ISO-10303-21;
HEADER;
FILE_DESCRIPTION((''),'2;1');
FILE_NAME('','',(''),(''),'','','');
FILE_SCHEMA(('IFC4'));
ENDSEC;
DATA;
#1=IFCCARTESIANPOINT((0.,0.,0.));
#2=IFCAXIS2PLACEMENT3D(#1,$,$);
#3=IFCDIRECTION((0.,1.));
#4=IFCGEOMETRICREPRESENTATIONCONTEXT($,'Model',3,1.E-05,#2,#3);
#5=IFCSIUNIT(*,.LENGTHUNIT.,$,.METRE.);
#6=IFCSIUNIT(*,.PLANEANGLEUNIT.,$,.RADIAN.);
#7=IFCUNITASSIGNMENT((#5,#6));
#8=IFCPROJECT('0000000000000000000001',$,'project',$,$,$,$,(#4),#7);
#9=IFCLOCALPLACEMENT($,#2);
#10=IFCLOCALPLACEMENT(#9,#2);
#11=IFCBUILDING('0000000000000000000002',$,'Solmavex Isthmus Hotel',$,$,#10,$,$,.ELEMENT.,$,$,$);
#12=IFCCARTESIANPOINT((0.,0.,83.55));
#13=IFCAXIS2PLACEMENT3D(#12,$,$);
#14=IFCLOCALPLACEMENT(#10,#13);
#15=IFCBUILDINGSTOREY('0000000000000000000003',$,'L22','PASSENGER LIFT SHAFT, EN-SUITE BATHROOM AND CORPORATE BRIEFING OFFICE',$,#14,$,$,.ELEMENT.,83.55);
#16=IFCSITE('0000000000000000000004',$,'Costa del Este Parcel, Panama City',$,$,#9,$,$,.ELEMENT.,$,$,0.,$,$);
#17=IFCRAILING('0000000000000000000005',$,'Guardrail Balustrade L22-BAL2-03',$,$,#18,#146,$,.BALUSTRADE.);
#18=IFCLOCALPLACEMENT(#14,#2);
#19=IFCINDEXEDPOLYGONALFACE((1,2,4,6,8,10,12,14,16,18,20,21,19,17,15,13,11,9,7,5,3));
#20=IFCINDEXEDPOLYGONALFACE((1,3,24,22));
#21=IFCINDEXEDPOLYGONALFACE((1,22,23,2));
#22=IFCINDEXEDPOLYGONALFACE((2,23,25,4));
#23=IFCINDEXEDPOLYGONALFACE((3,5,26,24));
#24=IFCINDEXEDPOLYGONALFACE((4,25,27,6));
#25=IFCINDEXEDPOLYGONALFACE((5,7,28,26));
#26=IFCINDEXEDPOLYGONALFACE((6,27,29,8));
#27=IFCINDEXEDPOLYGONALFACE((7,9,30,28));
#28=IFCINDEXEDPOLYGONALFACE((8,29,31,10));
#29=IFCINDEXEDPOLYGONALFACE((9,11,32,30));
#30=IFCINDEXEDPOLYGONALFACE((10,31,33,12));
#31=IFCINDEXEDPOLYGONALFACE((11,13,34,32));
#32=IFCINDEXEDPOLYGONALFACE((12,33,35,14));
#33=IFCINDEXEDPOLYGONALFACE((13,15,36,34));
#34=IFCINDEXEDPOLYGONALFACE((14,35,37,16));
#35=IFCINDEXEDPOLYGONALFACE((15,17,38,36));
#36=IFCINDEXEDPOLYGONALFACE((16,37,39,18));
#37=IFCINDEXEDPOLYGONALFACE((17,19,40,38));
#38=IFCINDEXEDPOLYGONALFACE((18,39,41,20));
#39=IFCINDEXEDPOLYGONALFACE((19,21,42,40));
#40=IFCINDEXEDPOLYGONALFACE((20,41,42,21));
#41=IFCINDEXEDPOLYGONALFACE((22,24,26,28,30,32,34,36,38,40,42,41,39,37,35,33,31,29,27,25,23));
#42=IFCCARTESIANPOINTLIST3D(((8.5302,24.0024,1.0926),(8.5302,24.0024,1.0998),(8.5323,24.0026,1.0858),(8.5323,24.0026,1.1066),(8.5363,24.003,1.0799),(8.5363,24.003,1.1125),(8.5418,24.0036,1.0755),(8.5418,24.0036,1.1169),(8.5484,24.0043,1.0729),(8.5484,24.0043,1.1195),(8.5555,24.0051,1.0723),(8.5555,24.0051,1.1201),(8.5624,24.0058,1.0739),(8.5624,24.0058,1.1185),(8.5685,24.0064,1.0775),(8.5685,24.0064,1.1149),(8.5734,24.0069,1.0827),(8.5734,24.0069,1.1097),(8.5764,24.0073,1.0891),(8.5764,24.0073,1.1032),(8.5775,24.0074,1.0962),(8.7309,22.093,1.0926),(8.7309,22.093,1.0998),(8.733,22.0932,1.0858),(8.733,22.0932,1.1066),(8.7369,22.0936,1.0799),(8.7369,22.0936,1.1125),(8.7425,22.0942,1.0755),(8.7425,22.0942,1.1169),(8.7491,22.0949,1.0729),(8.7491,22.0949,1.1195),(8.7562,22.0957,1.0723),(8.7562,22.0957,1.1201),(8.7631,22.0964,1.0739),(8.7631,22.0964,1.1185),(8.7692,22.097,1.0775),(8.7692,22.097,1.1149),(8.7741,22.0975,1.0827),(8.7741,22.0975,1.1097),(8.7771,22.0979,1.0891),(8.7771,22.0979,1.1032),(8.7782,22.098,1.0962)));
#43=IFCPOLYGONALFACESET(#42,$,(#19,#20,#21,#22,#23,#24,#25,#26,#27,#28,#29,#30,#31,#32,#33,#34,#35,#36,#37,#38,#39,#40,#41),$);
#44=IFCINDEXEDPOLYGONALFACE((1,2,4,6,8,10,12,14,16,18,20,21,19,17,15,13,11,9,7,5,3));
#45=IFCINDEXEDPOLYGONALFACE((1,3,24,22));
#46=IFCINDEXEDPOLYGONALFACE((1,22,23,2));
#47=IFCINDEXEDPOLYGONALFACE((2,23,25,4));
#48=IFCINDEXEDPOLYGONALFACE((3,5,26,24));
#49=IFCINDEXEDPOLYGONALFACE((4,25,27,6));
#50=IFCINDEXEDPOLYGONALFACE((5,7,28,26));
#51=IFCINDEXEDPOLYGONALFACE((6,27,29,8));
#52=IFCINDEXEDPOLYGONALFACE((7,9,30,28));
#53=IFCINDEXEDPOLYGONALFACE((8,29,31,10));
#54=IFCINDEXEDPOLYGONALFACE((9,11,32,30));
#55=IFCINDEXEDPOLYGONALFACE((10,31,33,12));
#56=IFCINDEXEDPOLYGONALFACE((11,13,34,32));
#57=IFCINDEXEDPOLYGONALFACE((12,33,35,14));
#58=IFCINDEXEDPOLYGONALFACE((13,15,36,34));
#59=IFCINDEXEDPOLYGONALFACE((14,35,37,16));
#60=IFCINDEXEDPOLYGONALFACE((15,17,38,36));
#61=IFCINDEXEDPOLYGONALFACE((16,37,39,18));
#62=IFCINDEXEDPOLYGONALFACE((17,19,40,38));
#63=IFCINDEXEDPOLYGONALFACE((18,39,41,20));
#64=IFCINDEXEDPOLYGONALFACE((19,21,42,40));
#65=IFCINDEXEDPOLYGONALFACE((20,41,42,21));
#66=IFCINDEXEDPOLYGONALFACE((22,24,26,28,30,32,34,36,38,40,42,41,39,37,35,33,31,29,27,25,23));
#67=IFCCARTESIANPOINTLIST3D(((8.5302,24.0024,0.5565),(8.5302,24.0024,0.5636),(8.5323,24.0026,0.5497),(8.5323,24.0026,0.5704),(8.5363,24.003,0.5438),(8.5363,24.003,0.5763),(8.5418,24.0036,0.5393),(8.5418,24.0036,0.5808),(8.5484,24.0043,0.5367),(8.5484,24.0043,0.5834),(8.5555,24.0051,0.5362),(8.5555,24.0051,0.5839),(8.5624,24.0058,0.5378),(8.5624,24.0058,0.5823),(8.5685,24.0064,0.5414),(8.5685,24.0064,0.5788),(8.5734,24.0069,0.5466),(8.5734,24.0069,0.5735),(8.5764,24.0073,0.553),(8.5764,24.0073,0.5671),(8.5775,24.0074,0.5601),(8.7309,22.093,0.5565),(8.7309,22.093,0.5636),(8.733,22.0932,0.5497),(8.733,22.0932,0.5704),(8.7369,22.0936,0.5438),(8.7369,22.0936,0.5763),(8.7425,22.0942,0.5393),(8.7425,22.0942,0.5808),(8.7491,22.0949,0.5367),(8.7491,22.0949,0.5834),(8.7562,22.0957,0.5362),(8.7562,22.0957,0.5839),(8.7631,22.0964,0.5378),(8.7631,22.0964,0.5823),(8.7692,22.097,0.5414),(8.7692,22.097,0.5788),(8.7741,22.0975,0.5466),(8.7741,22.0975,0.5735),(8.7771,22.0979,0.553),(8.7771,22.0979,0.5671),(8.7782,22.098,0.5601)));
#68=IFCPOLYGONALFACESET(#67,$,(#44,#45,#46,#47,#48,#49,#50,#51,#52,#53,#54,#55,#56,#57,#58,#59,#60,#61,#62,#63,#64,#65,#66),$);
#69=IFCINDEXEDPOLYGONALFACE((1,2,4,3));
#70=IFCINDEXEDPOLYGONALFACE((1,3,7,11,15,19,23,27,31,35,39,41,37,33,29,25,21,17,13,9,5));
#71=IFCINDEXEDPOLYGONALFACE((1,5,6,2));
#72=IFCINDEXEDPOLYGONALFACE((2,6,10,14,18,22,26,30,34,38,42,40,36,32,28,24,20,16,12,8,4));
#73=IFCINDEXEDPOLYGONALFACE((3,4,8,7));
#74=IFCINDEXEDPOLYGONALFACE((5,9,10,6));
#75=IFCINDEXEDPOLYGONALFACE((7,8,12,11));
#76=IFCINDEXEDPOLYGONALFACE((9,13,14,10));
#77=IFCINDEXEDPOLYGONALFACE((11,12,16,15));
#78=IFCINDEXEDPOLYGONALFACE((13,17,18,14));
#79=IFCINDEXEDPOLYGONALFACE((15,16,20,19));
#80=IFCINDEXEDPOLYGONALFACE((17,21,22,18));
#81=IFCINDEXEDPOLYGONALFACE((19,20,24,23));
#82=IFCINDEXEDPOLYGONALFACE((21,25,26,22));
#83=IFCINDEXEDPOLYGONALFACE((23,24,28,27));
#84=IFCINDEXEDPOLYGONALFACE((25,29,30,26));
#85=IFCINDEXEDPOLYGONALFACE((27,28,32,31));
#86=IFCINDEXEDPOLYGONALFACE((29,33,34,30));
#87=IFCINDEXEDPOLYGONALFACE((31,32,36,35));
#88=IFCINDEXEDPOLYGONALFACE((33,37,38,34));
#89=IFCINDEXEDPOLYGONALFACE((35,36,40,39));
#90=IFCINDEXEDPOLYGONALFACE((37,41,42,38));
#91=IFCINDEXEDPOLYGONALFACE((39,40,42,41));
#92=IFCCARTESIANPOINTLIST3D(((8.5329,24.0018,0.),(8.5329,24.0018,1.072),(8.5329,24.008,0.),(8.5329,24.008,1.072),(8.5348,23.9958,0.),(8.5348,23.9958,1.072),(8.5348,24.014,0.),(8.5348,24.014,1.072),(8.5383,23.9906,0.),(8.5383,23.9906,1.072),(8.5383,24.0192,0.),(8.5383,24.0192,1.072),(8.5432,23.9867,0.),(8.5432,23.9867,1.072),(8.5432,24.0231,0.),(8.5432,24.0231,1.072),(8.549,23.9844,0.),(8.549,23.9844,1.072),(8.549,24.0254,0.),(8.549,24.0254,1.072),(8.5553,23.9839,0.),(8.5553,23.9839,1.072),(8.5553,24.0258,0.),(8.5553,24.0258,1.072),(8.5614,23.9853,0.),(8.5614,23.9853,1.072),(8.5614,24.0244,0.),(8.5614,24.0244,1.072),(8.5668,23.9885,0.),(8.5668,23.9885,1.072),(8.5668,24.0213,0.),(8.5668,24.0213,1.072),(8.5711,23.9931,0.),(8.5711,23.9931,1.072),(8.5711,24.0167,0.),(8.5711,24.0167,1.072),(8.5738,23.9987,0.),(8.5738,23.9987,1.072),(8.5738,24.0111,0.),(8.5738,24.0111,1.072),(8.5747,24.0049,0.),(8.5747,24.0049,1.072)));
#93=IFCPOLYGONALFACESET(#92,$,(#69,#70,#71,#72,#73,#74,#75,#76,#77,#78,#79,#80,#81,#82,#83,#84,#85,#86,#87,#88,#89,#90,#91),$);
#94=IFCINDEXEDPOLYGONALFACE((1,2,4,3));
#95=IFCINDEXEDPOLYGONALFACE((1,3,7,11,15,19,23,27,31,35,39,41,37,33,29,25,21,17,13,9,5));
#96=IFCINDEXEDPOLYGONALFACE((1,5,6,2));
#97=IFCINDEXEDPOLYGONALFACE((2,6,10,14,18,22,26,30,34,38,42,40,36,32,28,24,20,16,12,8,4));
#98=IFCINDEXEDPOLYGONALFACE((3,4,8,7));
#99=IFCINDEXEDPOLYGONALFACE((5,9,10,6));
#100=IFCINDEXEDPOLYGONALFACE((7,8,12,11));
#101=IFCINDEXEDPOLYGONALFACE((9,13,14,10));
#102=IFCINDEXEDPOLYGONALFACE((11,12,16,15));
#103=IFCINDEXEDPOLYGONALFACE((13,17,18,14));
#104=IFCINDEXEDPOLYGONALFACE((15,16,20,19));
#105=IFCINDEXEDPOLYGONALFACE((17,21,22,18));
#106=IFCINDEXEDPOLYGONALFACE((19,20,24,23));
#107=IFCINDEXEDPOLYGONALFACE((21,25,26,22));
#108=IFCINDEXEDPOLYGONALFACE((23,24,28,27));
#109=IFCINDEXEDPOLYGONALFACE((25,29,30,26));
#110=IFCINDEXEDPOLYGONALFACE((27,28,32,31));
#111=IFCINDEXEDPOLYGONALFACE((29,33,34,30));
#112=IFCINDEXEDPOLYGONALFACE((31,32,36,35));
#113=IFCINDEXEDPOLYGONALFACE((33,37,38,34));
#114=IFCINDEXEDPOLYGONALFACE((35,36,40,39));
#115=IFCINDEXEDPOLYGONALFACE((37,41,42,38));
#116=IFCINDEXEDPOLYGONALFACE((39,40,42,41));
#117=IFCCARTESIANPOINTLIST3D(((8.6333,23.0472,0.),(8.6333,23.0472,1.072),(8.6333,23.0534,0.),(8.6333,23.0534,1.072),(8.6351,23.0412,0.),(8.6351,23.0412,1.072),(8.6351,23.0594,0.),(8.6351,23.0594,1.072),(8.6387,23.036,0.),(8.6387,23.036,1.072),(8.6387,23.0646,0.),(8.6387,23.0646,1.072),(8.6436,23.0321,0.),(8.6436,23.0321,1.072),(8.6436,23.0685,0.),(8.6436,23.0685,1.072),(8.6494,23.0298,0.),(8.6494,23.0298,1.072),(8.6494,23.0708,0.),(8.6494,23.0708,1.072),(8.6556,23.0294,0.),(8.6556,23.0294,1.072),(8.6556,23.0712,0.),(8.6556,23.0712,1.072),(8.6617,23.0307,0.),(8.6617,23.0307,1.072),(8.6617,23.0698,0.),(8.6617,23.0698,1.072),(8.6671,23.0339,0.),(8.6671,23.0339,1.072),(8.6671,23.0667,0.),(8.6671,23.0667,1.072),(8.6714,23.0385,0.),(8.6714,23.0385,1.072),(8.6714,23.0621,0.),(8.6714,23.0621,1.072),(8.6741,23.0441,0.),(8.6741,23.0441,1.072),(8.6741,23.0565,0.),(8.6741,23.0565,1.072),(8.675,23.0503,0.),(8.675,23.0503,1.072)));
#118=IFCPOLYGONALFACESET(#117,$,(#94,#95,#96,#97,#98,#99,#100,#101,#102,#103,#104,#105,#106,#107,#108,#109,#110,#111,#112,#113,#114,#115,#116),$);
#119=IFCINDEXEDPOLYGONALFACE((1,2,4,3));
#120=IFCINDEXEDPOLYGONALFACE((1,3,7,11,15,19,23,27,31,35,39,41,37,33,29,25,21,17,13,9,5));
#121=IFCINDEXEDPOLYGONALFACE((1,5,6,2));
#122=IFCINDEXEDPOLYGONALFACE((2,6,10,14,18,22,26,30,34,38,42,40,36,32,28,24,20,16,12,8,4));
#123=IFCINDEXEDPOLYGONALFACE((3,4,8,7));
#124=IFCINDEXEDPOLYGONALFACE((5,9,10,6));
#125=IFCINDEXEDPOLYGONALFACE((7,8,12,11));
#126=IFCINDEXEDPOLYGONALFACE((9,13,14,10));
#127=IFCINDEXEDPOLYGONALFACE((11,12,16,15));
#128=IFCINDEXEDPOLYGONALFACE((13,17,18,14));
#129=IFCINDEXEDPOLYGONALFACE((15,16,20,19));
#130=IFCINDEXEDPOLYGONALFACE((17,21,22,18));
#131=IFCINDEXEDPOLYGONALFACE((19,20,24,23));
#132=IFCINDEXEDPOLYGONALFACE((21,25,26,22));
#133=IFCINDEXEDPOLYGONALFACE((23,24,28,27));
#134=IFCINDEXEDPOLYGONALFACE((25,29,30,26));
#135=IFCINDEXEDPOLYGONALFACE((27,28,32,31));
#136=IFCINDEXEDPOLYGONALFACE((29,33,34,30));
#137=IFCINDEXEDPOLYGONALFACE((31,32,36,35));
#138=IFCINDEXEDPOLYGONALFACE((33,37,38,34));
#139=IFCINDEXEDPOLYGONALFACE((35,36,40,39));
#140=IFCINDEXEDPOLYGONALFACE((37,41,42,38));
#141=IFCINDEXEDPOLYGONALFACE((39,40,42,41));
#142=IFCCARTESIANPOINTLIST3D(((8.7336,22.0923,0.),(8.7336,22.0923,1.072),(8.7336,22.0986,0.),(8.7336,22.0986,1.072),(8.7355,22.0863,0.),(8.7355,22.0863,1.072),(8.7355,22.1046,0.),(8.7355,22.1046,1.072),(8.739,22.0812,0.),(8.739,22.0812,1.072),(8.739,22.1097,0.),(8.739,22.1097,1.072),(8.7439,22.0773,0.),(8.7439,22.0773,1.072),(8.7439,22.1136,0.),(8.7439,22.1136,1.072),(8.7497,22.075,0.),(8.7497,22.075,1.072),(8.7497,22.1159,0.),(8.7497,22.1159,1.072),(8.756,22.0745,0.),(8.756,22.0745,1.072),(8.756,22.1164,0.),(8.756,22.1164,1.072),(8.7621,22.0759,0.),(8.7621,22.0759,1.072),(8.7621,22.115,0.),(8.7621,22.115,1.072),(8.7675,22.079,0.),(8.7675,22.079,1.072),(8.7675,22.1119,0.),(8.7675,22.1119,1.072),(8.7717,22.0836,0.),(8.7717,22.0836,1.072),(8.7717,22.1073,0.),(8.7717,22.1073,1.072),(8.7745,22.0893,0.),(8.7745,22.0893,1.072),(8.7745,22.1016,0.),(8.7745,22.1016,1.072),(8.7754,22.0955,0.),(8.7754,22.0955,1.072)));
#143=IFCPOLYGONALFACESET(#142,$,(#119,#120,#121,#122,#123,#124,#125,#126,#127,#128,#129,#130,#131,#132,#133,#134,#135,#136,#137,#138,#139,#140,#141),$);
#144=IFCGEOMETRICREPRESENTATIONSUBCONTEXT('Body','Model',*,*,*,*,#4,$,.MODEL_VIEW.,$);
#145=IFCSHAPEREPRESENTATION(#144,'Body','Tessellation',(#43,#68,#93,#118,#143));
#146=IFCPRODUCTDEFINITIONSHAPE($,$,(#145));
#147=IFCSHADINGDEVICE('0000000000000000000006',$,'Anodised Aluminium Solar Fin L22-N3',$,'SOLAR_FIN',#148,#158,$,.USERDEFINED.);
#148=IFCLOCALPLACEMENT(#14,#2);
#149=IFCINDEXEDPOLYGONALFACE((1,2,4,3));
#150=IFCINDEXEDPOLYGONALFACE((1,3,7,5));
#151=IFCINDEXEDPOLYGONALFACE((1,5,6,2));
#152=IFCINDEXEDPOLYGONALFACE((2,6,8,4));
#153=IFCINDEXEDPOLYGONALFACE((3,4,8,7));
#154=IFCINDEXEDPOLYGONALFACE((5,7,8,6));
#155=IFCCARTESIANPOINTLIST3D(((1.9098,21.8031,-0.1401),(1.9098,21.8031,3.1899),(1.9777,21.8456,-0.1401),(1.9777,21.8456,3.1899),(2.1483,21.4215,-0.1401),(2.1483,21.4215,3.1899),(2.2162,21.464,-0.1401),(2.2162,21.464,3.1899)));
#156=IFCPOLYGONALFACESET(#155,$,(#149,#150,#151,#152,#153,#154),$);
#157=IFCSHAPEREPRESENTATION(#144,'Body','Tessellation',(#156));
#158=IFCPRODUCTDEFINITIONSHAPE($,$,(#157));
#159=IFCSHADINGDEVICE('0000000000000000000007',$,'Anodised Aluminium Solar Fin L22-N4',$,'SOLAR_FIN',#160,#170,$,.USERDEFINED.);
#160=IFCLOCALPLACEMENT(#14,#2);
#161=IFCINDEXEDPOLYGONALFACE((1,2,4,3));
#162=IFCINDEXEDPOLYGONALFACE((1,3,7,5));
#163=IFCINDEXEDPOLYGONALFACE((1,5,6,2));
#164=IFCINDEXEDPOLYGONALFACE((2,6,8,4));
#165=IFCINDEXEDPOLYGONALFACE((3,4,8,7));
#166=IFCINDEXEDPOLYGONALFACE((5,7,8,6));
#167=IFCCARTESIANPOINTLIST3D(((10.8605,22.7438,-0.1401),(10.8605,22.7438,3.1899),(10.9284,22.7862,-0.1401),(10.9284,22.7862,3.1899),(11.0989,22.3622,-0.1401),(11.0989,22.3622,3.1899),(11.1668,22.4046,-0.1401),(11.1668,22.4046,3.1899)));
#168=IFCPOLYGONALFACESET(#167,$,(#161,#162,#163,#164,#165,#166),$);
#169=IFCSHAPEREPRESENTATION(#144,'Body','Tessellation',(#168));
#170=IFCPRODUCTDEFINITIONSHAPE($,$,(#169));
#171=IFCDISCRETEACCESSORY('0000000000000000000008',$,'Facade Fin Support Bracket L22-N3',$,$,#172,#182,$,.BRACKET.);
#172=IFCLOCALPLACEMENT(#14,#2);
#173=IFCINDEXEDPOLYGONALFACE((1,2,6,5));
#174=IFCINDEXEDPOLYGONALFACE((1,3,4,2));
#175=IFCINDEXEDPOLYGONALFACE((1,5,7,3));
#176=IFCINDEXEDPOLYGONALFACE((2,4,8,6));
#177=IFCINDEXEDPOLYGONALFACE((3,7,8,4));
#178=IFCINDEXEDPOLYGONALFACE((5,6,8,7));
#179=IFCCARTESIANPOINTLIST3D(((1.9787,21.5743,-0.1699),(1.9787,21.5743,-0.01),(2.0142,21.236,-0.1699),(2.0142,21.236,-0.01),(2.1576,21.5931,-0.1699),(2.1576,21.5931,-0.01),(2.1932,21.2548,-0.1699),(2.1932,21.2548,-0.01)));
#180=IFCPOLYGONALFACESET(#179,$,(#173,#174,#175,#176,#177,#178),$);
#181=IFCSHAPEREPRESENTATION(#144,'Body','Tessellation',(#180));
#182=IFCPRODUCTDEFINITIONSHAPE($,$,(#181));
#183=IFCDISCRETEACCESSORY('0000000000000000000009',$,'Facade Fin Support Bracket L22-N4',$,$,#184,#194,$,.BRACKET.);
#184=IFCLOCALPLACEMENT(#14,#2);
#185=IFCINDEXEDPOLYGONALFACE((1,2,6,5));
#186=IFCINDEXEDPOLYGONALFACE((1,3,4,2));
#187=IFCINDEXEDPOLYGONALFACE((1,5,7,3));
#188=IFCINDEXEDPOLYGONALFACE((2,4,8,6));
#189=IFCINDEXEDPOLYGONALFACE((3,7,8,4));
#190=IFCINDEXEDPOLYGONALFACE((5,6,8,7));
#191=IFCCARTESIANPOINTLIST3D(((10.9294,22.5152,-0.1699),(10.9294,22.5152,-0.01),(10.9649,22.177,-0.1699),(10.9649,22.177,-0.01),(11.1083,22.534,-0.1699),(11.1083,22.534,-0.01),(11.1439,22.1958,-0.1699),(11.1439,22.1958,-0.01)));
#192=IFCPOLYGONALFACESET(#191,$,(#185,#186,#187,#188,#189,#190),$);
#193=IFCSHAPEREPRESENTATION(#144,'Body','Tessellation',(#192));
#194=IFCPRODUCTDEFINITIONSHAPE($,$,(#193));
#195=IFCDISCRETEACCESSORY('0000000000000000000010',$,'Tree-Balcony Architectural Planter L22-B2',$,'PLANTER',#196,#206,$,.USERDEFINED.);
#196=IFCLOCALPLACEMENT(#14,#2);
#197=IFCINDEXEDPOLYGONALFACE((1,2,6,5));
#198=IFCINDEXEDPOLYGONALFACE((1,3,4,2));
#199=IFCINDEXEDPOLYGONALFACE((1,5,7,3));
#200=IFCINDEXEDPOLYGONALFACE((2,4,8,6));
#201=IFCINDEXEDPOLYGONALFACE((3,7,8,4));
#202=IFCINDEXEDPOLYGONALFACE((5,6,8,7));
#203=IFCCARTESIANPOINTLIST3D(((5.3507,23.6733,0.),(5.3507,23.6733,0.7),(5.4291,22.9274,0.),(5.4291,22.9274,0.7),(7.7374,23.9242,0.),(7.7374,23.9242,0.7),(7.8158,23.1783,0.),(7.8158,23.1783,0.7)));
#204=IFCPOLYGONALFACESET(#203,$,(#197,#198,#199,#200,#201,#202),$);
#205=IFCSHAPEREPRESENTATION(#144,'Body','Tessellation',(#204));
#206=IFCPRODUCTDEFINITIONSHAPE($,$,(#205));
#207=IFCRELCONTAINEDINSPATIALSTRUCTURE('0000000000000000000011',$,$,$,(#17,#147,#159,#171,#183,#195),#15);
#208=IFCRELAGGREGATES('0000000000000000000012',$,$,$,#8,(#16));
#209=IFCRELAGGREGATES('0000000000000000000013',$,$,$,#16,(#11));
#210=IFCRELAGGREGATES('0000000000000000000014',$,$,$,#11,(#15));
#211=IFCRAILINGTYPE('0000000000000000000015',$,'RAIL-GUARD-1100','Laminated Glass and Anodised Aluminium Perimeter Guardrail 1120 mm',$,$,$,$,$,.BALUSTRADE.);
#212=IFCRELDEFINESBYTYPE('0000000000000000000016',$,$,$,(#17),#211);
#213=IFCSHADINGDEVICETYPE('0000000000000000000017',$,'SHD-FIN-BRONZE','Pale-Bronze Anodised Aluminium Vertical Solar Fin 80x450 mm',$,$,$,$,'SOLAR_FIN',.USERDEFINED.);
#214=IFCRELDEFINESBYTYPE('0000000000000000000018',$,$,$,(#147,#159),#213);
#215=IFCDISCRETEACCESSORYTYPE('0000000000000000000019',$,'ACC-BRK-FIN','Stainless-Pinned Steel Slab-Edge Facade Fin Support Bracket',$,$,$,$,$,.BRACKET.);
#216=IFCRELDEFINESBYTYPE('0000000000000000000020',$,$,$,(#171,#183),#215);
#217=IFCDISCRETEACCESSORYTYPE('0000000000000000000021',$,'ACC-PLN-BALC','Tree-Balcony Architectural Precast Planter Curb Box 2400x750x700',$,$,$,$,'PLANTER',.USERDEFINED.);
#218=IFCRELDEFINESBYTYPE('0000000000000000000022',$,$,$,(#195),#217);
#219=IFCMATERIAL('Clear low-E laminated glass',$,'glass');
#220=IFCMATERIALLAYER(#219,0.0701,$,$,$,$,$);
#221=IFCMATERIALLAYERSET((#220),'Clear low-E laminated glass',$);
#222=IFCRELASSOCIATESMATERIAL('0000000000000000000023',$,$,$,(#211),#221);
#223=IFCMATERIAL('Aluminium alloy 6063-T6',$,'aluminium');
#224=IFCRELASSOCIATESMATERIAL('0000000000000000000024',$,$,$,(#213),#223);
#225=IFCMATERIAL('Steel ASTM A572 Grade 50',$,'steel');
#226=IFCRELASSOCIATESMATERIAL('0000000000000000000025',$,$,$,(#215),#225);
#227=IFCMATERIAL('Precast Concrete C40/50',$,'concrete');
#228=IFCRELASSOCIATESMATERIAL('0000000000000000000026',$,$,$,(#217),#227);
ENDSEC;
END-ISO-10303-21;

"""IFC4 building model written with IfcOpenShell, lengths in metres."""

from ifc_helpers import new_model, si_unit, direction, frame, origin, origin_2d, place, context, subcontext, project, spatial, rectangle, circle, extrude, material, layer, layer_set, type_object, element, save


model = new_model("IFC4")

# Units and contexts
model_context = context("Model", 3, precision=1e-05, world=origin(), true_north=direction((0.0, 1.0)))
body_context = subcontext(model_context, "Body", "Model", "MODEL_VIEW")
ifc_project = project(units=[si_unit("LENGTHUNIT", "METRE"), si_unit("PLANEANGLEUNIT", "RADIAN")], contexts=[model_context])

# Site, building, storey
site_placement = place(None, origin())
site = spatial("IfcSite", under=ifc_project, at=site_placement, Name="Costa del Este Parcel, Panama City", CompositionType="ELEMENT", RefElevation=0.0)
building_placement = place(site_placement, origin())
building = spatial("IfcBuilding", under=site, at=building_placement, Name="Solmavex Isthmus Hotel", CompositionType="ELEMENT")
storey_placement = place(building_placement, frame((0.0, 0.0, 83.55)))
storey = spatial("IfcBuildingStorey", under=building, at=storey_placement, Name="L22", Description="PASSENGER LIFT SHAFT, EN-SUITE BATHROOM AND CORPORATE BRIEFING OFFICE", CompositionType="ELEMENT", Elevation=83.55)

# Shared definitions
ifc_material_1 = material(Name="Aluminium alloy 6063-T6", Category="aluminium")

# Shared definitions
ifc_material_2 = material(Name="Clear low-E laminated glass", Category="glass")

# Shared definitions
ifc_material_3 = material(Name="Precast Concrete C40/50", Category="concrete")

# Railing
ifc_layer_1 = layer(ifc_material_2, 0.0701)
ifc_layer_set_1 = layer_set([ifc_layer_1], Name="Clear low-E laminated glass")
railing_type = type_object("IfcRailingType", Name="RAIL-GUARD-1100", Description="Laminated Glass and Anodised Aluminium Perimeter Guardrail 1120 mm", PredefinedType="BALUSTRADE", material=ifc_layer_set_1)
railing_1_placement = place(storey_placement, frame((8.5537, 24.0049, 0.0)))
element("IfcRailing", 1, at=railing_1_placement, inside=storey, type_object=railing_type, Name="Guardrail Balustrade L22-BAL2-03", PredefinedType="BALUSTRADE", context=body_context, shape_type="SweptSolid", body=[
    extrude(circle(Radius=0.0239, at=origin_2d()), frame((0.0, 0.0, 1.0962), z_axis=(0.104526, -0.994522, 0.0), x_axis=(0.994522, 0.104526, 0.0)), (0.0, 0.0, 1.0), 1.9199),
    extrude(circle(Radius=0.0239, at=origin_2d()), frame((0.0, 0.0, 0.5601), z_axis=(0.104526, -0.994522, 0.0), x_axis=(0.994522, 0.104526, 0.0)), (0.0, 0.0, 1.0), 1.9199),
    extrude(circle(Radius=0.021, at=origin_2d()), origin(), (0.0, 0.0, 1.0), 1.072),
    extrude(circle(Radius=0.021, at=origin_2d()), frame((0.1003, -0.9546, 0.0)), (0.0, 0.0, 1.0), 1.072),
    extrude(circle(Radius=0.021, at=origin_2d()), frame((0.2007, -1.9094, 0.0)), (0.0, 0.0, 1.0), 1.072),
])

# Shading devices
shading_device_type = type_object("IfcShadingDeviceType", Name="SHD-FIN-BRONZE", Description="Pale-Bronze Anodised Aluminium Vertical Solar Fin 80x450 mm", ElementType="SOLAR_FIN", PredefinedType="USERDEFINED", material=ifc_material_1)
for number, where, z_axis, x_axis, name in (
    (2, (2.063, 21.6335, -0.1401), (0.0, 0.0, 1.0), (-0.529919, 0.848048, 0.0), "Anodised Aluminium Solar Fin L22-N3"),
    (3, (11.0137, 22.5742, -0.1401), (0.0, 0.0, 1.0), (-0.529919, 0.848048, 0.0), "Anodised Aluminium Solar Fin L22-N4"),
):
    element("IfcShadingDevice", number, at=place(storey_placement, frame(where, z_axis=z_axis, x_axis=x_axis)), inside=storey, type_object=shading_device_type, Name=name, ObjectType="SOLAR_FIN", PredefinedType="USERDEFINED", context=body_context, shape_type="SweptSolid", body=[
        extrude(rectangle(XDim=0.45, YDim=0.0801, at=origin_2d()), origin(), (0.0, 0.0, 1.0), 3.3301),
    ])

# Discrete accessories
ifc_material_4 = material(Name="Steel ASTM A572 Grade 50", Category="steel")
discrete_accessory_type_1 = type_object("IfcDiscreteAccessoryType", Name="ACC-BRK-FIN", Description="Stainless-Pinned Steel Slab-Edge Facade Fin Support Bracket", PredefinedType="BRACKET", material=ifc_material_4)
for number, where, z_axis, x_axis, name in (
    (4, (2.0859, 21.4146, -0.1699), (0.0, 0.0, 1.0), (-0.104528, 0.994522, 0.0), "Facade Fin Support Bracket L22-N3"),
    (5, (11.0366, 22.3555, -0.1699), (0.0, 0.0, 1.0), (-0.104528, 0.994522, 0.0), "Facade Fin Support Bracket L22-N4"),
):
    element("IfcDiscreteAccessory", number, at=place(storey_placement, frame(where, z_axis=z_axis, x_axis=x_axis)), inside=storey, type_object=discrete_accessory_type_1, Name=name, PredefinedType="BRACKET", context=body_context, shape_type="SweptSolid", body=[
        extrude(rectangle(XDim=0.3401, YDim=0.1799, at=origin_2d()), origin(), (0.0, 0.0, 1.0), 0.1599),
    ])
discrete_accessory_type_2 = type_object("IfcDiscreteAccessoryType", Name="ACC-PLN-BALC", Description="Tree-Balcony Architectural Precast Planter Curb Box 2400x750x700", ElementType="PLANTER", PredefinedType="USERDEFINED", material=ifc_material_3)
discrete_accessory_placement = place(storey_placement, frame((6.5833, 23.4258, 0.0), z_axis=(0.0, 0.0, 1.0), x_axis=(0.994522, 0.104528, 0.0)))
element("IfcDiscreteAccessory", 6, at=discrete_accessory_placement, inside=storey, type_object=discrete_accessory_type_2, Name="Tree-Balcony Architectural Planter L22-B2", ObjectType="PLANTER", PredefinedType="USERDEFINED", context=body_context, shape_type="SweptSolid", body=[
    extrude(rectangle(XDim=2.3999, YDim=0.75, at=origin_2d()), origin(), (0.0, 0.0, 1.0), 0.7),
])

save(model, "model.ifc")
